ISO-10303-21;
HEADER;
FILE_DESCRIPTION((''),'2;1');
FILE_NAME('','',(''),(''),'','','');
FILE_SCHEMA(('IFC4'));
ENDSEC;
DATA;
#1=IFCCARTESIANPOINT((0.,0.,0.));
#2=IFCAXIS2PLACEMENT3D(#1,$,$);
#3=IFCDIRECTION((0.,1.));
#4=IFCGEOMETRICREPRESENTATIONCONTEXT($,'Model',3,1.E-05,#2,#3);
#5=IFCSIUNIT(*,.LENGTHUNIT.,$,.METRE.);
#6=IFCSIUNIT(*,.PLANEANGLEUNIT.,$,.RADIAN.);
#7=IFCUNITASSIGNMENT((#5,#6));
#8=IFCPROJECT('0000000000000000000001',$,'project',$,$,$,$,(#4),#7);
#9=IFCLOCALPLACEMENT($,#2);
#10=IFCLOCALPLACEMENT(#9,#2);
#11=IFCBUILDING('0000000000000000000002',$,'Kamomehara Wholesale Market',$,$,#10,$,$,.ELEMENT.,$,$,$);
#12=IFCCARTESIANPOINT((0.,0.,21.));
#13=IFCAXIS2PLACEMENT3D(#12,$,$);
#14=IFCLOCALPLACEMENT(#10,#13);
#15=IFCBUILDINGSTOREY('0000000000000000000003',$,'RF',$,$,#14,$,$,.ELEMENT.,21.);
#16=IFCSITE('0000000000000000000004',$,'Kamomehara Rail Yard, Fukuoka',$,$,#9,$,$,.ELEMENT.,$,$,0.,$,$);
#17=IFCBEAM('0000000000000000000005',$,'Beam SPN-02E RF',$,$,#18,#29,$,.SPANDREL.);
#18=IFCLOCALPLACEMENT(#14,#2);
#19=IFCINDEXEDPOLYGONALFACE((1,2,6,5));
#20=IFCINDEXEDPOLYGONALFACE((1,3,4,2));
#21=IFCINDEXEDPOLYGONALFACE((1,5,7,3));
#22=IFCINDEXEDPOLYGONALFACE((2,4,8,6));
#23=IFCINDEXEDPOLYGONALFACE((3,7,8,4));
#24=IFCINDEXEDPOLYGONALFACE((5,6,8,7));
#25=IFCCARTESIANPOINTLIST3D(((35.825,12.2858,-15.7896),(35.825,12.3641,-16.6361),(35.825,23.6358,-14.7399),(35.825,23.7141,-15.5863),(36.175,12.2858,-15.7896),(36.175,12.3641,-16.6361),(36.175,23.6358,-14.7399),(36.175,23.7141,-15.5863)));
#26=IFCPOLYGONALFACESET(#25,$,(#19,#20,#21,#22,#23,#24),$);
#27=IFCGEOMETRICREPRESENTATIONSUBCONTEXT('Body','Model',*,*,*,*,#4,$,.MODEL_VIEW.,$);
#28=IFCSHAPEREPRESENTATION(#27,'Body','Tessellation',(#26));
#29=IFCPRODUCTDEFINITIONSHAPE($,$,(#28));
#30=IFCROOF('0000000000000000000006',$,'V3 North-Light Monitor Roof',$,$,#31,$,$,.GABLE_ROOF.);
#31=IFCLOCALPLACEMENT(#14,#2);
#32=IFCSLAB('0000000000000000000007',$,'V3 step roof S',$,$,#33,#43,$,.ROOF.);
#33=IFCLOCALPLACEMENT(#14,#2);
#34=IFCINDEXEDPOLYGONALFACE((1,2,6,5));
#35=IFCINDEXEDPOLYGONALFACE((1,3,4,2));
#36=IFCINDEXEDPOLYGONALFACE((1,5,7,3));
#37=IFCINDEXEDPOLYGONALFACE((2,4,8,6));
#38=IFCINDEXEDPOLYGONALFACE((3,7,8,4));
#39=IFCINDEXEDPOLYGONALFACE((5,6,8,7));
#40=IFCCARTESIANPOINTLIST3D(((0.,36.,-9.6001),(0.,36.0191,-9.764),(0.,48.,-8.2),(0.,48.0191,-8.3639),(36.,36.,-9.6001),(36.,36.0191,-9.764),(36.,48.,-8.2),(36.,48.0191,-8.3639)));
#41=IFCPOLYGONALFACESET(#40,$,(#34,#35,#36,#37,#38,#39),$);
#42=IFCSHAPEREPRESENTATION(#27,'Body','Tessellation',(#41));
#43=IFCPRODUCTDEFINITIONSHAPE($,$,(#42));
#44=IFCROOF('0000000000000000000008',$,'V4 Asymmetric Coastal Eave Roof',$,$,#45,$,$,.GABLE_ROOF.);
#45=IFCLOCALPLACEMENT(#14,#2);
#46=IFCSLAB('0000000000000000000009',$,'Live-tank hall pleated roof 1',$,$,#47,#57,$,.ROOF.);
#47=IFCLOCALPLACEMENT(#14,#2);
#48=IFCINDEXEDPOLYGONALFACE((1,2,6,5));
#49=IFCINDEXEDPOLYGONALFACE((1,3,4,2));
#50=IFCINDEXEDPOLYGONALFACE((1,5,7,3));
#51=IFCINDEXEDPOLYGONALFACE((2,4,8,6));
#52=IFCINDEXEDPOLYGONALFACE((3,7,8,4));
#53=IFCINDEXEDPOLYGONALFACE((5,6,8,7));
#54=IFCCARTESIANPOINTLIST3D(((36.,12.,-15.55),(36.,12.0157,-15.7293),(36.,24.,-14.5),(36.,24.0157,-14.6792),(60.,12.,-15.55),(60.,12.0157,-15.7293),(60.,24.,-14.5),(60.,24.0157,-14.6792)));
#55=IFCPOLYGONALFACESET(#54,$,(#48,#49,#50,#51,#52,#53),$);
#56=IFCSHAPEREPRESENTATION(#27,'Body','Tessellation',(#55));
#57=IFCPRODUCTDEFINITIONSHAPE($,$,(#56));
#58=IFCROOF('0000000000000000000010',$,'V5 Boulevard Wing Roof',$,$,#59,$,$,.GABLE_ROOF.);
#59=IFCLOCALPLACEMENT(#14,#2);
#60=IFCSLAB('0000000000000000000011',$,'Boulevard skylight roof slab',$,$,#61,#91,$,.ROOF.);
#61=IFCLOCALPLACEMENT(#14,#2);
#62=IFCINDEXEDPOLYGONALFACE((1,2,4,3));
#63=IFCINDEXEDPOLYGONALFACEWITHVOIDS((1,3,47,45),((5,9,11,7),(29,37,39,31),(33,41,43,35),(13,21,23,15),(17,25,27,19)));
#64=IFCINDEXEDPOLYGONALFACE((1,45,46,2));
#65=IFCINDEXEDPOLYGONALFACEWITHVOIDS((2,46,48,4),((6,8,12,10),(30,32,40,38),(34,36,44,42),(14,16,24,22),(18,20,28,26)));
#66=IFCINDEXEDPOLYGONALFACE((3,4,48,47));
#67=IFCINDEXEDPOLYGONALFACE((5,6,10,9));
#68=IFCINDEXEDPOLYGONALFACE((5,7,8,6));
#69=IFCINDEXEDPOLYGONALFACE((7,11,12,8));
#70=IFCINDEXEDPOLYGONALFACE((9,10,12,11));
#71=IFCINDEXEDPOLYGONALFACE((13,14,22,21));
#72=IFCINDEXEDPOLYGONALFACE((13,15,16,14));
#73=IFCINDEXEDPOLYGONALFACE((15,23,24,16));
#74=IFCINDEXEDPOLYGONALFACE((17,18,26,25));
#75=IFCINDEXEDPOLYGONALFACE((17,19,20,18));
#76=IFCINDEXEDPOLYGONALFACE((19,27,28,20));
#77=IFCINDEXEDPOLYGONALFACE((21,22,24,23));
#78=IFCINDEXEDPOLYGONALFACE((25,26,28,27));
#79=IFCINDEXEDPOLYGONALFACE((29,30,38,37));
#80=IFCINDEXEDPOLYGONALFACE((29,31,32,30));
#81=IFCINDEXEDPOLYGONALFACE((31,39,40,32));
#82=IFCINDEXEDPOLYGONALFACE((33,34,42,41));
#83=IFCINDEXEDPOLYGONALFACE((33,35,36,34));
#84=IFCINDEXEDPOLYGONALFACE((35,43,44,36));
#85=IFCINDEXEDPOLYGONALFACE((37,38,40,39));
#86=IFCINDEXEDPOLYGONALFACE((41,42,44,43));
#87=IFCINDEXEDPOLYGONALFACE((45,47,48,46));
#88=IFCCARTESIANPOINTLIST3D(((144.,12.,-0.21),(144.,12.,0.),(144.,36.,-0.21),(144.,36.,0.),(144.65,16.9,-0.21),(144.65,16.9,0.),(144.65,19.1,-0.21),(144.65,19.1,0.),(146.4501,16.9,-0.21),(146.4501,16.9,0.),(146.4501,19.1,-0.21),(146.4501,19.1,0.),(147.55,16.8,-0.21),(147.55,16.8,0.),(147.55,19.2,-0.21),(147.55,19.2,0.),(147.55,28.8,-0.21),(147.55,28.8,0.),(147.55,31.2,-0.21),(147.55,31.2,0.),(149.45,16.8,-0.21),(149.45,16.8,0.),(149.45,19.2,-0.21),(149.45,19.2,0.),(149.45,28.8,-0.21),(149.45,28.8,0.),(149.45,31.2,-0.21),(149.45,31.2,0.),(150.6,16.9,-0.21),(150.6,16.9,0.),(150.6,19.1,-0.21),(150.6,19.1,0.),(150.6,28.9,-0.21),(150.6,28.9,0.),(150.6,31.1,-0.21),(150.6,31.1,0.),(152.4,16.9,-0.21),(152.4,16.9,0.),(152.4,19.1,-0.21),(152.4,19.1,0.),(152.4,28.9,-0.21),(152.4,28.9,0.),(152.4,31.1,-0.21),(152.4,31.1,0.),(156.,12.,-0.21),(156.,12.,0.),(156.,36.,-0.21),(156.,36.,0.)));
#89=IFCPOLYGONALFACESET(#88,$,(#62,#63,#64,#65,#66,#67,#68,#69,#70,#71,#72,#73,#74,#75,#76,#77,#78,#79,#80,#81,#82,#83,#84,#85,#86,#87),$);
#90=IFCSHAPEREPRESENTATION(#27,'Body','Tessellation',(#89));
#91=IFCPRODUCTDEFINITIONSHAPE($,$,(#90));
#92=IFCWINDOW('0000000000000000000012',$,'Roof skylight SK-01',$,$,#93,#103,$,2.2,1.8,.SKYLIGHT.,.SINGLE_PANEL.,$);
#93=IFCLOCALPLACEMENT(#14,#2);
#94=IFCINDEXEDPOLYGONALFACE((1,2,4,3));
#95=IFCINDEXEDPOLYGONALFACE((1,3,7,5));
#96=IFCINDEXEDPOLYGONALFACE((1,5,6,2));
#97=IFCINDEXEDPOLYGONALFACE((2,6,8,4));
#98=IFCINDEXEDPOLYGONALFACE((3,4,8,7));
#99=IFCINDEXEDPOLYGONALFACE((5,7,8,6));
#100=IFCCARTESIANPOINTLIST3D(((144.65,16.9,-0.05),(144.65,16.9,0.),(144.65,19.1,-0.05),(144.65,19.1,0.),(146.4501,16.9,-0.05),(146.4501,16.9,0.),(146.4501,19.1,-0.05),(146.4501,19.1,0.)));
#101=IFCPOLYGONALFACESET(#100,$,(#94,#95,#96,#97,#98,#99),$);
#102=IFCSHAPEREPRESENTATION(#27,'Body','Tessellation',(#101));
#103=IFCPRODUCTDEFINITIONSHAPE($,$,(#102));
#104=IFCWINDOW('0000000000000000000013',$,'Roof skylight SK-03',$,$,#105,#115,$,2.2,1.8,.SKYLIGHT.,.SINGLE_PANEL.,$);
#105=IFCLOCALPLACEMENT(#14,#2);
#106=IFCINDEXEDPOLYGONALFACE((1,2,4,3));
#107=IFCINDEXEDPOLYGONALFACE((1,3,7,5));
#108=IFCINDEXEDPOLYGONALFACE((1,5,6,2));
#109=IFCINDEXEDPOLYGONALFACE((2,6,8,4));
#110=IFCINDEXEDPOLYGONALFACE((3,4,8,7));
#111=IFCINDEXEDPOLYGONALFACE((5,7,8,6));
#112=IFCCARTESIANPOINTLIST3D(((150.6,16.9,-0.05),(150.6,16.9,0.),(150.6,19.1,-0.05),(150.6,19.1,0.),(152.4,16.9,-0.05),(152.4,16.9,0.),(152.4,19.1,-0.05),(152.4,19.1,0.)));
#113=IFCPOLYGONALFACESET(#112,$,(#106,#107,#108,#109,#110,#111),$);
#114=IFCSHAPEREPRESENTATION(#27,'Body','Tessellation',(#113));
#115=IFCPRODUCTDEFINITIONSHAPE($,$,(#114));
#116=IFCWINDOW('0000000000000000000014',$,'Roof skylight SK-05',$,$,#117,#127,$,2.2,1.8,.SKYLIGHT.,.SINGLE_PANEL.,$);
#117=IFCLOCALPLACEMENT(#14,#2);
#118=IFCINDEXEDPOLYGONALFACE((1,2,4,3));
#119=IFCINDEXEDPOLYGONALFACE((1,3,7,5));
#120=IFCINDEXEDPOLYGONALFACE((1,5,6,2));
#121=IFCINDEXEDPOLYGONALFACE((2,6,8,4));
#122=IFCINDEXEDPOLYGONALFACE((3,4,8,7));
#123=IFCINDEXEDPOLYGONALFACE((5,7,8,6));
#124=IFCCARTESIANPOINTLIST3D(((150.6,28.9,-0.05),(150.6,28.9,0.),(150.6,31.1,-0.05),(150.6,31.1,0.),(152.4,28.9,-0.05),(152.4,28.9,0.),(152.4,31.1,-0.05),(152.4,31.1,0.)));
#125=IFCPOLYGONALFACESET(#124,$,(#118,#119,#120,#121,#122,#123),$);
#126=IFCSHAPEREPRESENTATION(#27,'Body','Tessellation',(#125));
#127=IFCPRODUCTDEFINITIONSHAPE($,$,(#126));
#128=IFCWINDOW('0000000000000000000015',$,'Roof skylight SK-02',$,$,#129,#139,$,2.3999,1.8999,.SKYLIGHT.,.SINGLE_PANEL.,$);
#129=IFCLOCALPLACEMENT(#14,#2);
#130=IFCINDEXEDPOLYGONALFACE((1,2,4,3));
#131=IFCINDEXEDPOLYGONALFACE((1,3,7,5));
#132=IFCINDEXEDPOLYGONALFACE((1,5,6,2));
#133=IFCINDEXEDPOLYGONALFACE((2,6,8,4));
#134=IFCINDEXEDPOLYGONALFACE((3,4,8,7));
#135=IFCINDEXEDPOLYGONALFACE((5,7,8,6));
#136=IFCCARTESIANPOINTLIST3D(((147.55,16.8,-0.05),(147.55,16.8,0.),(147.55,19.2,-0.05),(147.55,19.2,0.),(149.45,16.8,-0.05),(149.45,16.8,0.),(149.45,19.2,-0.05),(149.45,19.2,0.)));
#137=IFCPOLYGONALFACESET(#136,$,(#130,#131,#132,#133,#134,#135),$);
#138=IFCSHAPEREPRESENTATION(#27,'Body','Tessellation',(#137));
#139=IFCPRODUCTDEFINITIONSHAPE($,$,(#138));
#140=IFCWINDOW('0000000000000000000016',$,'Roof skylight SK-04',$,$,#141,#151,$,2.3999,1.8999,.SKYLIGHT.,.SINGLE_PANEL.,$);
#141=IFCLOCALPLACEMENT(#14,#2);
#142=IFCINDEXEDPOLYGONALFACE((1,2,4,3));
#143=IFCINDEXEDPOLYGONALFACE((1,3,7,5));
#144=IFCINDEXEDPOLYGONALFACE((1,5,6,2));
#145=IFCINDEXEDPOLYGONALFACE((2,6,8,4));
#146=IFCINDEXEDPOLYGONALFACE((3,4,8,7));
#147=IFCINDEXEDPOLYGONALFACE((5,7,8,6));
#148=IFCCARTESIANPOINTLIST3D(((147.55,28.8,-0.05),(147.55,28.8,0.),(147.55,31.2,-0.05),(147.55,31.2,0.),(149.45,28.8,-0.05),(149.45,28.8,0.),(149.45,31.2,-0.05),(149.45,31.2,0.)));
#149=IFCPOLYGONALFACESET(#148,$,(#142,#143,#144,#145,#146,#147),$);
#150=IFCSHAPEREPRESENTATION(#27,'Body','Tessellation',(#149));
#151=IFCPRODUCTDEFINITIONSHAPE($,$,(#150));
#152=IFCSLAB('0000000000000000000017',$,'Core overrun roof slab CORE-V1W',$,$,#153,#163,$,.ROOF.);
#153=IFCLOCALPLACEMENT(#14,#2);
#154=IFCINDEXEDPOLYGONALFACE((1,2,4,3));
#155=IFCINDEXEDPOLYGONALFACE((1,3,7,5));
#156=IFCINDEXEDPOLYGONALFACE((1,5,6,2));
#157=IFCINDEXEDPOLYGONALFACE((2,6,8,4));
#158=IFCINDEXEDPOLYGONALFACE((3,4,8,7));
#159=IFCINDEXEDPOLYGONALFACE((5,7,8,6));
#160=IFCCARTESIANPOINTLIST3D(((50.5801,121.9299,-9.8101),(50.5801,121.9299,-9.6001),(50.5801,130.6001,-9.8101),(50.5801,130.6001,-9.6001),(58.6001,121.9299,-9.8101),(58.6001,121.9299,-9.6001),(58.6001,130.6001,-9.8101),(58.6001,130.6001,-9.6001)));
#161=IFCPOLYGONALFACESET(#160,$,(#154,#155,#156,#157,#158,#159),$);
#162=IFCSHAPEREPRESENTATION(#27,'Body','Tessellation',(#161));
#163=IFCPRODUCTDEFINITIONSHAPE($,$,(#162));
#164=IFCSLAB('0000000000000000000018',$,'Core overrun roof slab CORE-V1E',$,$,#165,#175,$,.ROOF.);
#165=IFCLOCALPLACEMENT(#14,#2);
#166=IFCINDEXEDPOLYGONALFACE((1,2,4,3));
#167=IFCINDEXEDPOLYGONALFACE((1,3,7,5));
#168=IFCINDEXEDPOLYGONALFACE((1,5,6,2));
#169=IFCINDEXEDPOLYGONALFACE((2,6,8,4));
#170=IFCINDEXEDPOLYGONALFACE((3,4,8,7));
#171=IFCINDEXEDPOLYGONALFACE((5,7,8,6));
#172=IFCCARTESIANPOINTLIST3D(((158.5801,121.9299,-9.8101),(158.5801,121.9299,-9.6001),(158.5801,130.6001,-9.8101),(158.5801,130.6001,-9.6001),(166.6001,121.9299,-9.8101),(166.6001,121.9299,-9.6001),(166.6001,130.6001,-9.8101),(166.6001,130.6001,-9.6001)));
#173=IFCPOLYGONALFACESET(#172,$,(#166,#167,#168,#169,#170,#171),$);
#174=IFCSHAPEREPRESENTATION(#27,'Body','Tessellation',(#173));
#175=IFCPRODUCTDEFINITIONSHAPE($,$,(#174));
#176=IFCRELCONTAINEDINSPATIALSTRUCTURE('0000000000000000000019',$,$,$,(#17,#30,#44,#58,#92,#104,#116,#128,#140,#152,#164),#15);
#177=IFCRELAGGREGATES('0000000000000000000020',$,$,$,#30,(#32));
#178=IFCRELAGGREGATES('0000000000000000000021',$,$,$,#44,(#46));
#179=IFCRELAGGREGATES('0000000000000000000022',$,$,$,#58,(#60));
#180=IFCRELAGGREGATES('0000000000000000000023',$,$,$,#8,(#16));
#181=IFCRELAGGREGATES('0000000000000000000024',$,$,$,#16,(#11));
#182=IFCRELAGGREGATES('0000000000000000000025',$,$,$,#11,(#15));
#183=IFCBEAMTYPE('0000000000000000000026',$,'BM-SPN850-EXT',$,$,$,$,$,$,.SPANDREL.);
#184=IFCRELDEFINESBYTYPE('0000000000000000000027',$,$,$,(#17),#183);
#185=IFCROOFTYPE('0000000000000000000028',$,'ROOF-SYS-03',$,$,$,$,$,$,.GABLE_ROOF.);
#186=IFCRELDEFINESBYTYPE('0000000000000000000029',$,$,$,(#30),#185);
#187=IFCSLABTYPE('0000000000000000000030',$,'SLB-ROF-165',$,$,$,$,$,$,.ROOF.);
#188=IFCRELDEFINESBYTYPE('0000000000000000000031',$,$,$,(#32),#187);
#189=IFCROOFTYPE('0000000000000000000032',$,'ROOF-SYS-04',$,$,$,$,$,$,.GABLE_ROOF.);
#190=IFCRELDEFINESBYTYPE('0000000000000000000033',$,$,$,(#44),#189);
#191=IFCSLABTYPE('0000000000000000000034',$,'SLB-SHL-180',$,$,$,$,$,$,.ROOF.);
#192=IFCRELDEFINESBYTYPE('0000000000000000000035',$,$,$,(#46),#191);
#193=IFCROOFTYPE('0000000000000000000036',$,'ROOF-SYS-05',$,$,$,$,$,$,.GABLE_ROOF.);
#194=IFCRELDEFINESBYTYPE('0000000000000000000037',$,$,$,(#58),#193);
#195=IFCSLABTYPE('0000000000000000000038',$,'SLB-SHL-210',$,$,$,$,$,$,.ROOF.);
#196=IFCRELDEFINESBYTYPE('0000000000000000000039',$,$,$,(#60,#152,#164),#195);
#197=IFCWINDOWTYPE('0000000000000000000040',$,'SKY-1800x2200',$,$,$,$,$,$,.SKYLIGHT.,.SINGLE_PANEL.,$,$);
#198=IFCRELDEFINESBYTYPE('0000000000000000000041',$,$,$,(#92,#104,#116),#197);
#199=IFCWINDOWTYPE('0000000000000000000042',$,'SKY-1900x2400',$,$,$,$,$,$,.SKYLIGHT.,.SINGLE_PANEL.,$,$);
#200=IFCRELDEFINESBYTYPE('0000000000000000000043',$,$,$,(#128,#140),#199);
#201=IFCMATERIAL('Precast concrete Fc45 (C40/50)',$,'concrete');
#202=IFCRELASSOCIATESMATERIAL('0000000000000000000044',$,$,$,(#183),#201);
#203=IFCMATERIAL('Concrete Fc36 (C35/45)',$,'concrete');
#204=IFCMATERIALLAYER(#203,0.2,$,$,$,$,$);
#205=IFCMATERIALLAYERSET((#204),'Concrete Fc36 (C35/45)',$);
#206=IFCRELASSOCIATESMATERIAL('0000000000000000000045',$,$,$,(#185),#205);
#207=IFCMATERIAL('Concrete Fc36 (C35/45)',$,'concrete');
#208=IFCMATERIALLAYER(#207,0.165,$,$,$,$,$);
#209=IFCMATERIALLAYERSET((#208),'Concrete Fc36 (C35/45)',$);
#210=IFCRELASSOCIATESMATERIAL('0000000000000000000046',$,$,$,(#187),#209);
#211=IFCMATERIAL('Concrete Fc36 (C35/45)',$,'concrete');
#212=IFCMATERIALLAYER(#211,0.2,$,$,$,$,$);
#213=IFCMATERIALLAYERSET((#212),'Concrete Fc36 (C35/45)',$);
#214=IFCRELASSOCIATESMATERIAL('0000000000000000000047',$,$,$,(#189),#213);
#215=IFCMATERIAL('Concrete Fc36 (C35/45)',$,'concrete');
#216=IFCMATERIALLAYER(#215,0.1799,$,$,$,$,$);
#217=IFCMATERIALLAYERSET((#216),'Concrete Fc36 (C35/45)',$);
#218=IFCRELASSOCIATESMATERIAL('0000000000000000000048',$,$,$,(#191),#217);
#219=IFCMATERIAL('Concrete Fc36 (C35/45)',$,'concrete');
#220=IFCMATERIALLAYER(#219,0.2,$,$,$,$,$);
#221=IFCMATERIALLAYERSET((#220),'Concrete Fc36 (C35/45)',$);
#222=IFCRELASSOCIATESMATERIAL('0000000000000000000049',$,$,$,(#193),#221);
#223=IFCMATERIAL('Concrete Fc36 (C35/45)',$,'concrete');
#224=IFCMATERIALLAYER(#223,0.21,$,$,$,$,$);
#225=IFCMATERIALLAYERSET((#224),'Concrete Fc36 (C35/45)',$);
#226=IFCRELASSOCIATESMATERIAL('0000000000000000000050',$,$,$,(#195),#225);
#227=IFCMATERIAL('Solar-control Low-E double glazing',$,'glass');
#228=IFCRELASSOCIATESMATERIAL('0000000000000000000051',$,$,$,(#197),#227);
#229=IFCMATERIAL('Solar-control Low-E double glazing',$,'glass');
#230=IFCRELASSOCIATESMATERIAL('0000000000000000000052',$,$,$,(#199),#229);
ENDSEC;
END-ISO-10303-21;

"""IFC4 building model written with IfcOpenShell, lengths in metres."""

from ifc_helpers import new_model, si_unit, direction, frame, origin, origin_2d, place, context, subcontext, project, spatial, polyline, rectangle, outline, extrude, material, layer, layer_set, material_profile, profile_set, type_object, element, fill, aggregate, save


model = new_model("IFC4")

# Units and contexts
model_context = context("Model", 3, precision=1e-05, world=origin(), true_north=direction((0.0, 1.0)))
body_context = subcontext(model_context, "Body", "Model", "MODEL_VIEW")
ifc_project = project(units=[si_unit("LENGTHUNIT", "METRE"), si_unit("PLANEANGLEUNIT", "RADIAN")], contexts=[model_context])

# Site, building, storey
site_placement = place(None, origin())
site = spatial("IfcSite", under=ifc_project, at=site_placement, Name="Kamomehara Rail Yard, Fukuoka", CompositionType="ELEMENT", RefElevation=0.0)
building_placement = place(site_placement, origin())
building = spatial("IfcBuilding", under=site, at=building_placement, Name="Kamomehara Wholesale Market", CompositionType="ELEMENT")
storey_placement = place(building_placement, frame((0.0, 0.0, 21.0)))
storey = spatial("IfcBuildingStorey", under=building, at=storey_placement, Name="RF", CompositionType="ELEMENT", Elevation=21.0)

# Beam
ifc_material_1 = material(Name="Precast concrete Fc45 (C40/50)", Category="concrete")
ifc_material_profile = material_profile(ifc_material_1, rectangle(XDim=0.3501, YDim=0.8501, at=origin_2d()), Name="PC-SPN-350x850")
ifc_profile_set = profile_set([ifc_material_profile], Name="Precast concrete Fc45 (C40/50)")
beam_type = type_object("IfcBeamType", Name="BM-SPN850-EXT", PredefinedType="SPANDREL", material=ifc_profile_set)
beam_placement = place(storey_placement, frame((36.0, 12.325, -16.2129), z_axis=(0.0, 0.99575, 0.0921), x_axis=(-1.0, 0.0, 0.0)))
element("IfcBeam", 1, at=beam_placement, inside=storey, type_object=beam_type, Name="Beam SPN-02E RF", PredefinedType="SPANDREL", context=body_context, shape_type="SweptSolid", body=[
    extrude(rectangle(XDim=0.3501, YDim=0.8501, at=origin_2d()), origin(), (0.0, 0.0, 1.0), 11.3984),
])

# Roofs, slabs
ifc_material_2 = material(Name="Concrete Fc36 (C35/45)", Category="concrete")
ifc_layer_1 = layer(ifc_material_2, 0.2)
ifc_layer_set_1 = layer_set([ifc_layer_1], Name="Concrete Fc36 (C35/45)")
roof_type_1 = type_object("IfcRoofType", Name="ROOF-SYS-03", PredefinedType="GABLE_ROOF", material=ifc_layer_set_1)
roof_1_placement = place(storey_placement, origin())
roof_1 = element("IfcRoof", 2, at=roof_1_placement, inside=storey, type_object=roof_type_1, Name="V3 North-Light Monitor Roof", PredefinedType="GABLE_ROOF")
ifc_material_3 = material(Name="Concrete Fc36 (C35/45)", Category="concrete")
ifc_layer_2 = layer(ifc_material_3, 0.165)
ifc_layer_set_2 = layer_set([ifc_layer_2], Name="Concrete Fc36 (C35/45)")
slab_type_1 = type_object("IfcSlabType", Name="SLB-ROF-165", PredefinedType="ROOF", material=ifc_layer_set_2)
slab_1_placement = place(storey_placement, frame((0.0, 36.0, -9.6001), z_axis=(0.0, -0.115893, 0.993262), x_axis=(1.0, 0.0, 0.0)))
slab_1 = element("IfcSlab", 3, at=slab_1_placement, type_object=slab_type_1, Name="V3 step roof S", PredefinedType="ROOF", context=body_context, shape_type="SweptSolid", body=[
    extrude(outline(polyline([(0.0, 0.0), (36.0, 0.0), (36.0, 12.0814), (0.0, 12.0814), (0.0, 0.0)])), origin(), (0.0, 0.0, -1.0), 0.165),
])
aggregate(roof_1, [slab_1])
ifc_material_4 = material(Name="Concrete Fc36 (C35/45)", Category="concrete")
ifc_layer_3 = layer(ifc_material_4, 0.2)
ifc_layer_set_3 = layer_set([ifc_layer_3], Name="Concrete Fc36 (C35/45)")
roof_type_2 = type_object("IfcRoofType", Name="ROOF-SYS-04", PredefinedType="GABLE_ROOF", material=ifc_layer_set_3)
roof_2_placement = place(storey_placement, origin())
roof_2 = element("IfcRoof", 4, at=roof_2_placement, inside=storey, type_object=roof_type_2, Name="V4 Asymmetric Coastal Eave Roof", PredefinedType="GABLE_ROOF")
ifc_material_5 = material(Name="Concrete Fc36 (C35/45)", Category="concrete")
ifc_layer_4 = layer(ifc_material_5, 0.1799)
ifc_layer_set_4 = layer_set([ifc_layer_4], Name="Concrete Fc36 (C35/45)")
slab_type_2 = type_object("IfcSlabType", Name="SLB-SHL-180", PredefinedType="ROOF", material=ifc_layer_set_4)
slab_2_placement = place(storey_placement, frame((36.0, 12.0, -15.55), z_axis=(0.0, -0.087171, 0.996193), x_axis=(1.0, 0.0, 0.0)))
slab_2 = element("IfcSlab", 5, at=slab_2_placement, type_object=slab_type_2, Name="Live-tank hall pleated roof 1", PredefinedType="ROOF", context=body_context, shape_type="SweptSolid", body=[
    extrude(outline(polyline([(0.0, 0.0), (24.0, 0.0), (24.0, 12.0459), (0.0, 12.0459), (0.0, 0.0)])), origin(), (0.0, 0.0, -1.0), 0.1799),
])
aggregate(roof_2, [slab_2])

# Roof, slab, openings, windows
ifc_material_6 = material(Name="Concrete Fc36 (C35/45)", Category="concrete")
ifc_layer_5 = layer(ifc_material_6, 0.2)
ifc_layer_set_5 = layer_set([ifc_layer_5], Name="Concrete Fc36 (C35/45)")
roof_type_3 = type_object("IfcRoofType", Name="ROOF-SYS-05", PredefinedType="GABLE_ROOF", material=ifc_layer_set_5)
roof_3_placement = place(storey_placement, origin())
roof_3 = element("IfcRoof", 6, at=roof_3_placement, inside=storey, type_object=roof_type_3, Name="V5 Boulevard Wing Roof", PredefinedType="GABLE_ROOF")
ifc_material_7 = material(Name="Concrete Fc36 (C35/45)", Category="concrete")
ifc_layer_6 = layer(ifc_material_7, 0.21)
ifc_layer_set_6 = layer_set([ifc_layer_6], Name="Concrete Fc36 (C35/45)")
slab_type_3 = type_object("IfcSlabType", Name="SLB-SHL-210", PredefinedType="ROOF", material=ifc_layer_set_6)
slab_3_placement = place(storey_placement, frame((0.0, 0.0, -0.21)))
slab_3 = element("IfcSlab", 7, at=slab_3_placement, type_object=slab_type_3, Name="Boulevard skylight roof slab", PredefinedType="ROOF", context=body_context, shape_type="SweptSolid", body=[
    extrude(outline(polyline([(144.0, 12.0), (156.0, 12.0), (156.0, 36.0), (144.0, 36.0), (144.0, 12.0)])), origin(), (0.0, 0.0, 1.0), 0.21),
])
opening_1_placement = place(slab_3_placement, frame((145.55, 18.0, 0.0)))
opening_1 = element("IfcOpeningElement", 8, at=opening_1_placement, cuts=slab_3, PredefinedType="OPENING", context=body_context, shape_type="SweptSolid", body=[
    extrude(rectangle(XDim=1.8, YDim=2.2, at=origin_2d()), origin(), (0.0, 0.0, 1.0), 0.21),
])
opening_2_placement = place(slab_3_placement, frame((148.5, 18.0, 0.0)))
opening_2 = element("IfcOpeningElement", 9, at=opening_2_placement, cuts=slab_3, PredefinedType="OPENING", context=body_context, shape_type="SweptSolid", body=[
    extrude(rectangle(XDim=1.8999, YDim=2.3999, at=origin_2d()), origin(), (0.0, 0.0, 1.0), 0.21),
])
opening_3_placement = place(slab_3_placement, frame((151.5, 18.0, 0.0)))
opening_3 = element("IfcOpeningElement", 10, at=opening_3_placement, cuts=slab_3, PredefinedType="OPENING", context=body_context, shape_type="SweptSolid", body=[
    extrude(rectangle(XDim=1.8, YDim=2.2, at=origin_2d()), origin(), (0.0, 0.0, 1.0), 0.21),
])
opening_4_placement = place(slab_3_placement, frame((148.5, 30.0, 0.0)))
opening_4 = element("IfcOpeningElement", 11, at=opening_4_placement, cuts=slab_3, PredefinedType="OPENING", context=body_context, shape_type="SweptSolid", body=[
    extrude(rectangle(XDim=1.8999, YDim=2.3999, at=origin_2d()), origin(), (0.0, 0.0, 1.0), 0.21),
])
opening_5_placement = place(slab_3_placement, frame((151.5, 30.0, 0.0)))
opening_5 = element("IfcOpeningElement", 12, at=opening_5_placement, cuts=slab_3, PredefinedType="OPENING", context=body_context, shape_type="SweptSolid", body=[
    extrude(rectangle(XDim=1.8, YDim=2.2, at=origin_2d()), origin(), (0.0, 0.0, 1.0), 0.21),
])
ifc_material_8 = material(Name="Solar-control Low-E double glazing", Category="glass")
window_type_1 = type_object("IfcWindowType", Name="SKY-1800x2200", PartitioningType="SINGLE_PANEL", PredefinedType="SKYLIGHT", material=ifc_material_8)
window_1_placement = place(opening_1_placement, frame((0.0, 0.0, 0.1599)))
window_1 = element("IfcWindow", 13, at=window_1_placement, inside=storey, type_object=window_type_1, Name="Roof skylight SK-01", OverallHeight=2.2, OverallWidth=1.8, PartitioningType="SINGLE_PANEL", PredefinedType="SKYLIGHT", context=body_context, shape_type="SweptSolid", body=[
    extrude(rectangle(XDim=1.8, YDim=2.2, at=origin_2d()), origin(), (0.0, 0.0, 1.0), 0.05),
])
fill(opening_1, window_1)
window_2_placement = place(opening_3_placement, frame((0.0, 0.0, 0.1599)))
window_2 = element("IfcWindow", 14, at=window_2_placement, inside=storey, type_object=window_type_1, Name="Roof skylight SK-03", OverallHeight=2.2, OverallWidth=1.8, PartitioningType="SINGLE_PANEL", PredefinedType="SKYLIGHT", context=body_context, shape_type="SweptSolid", body=[
    extrude(rectangle(XDim=1.8, YDim=2.2, at=origin_2d()), origin(), (0.0, 0.0, 1.0), 0.05),
])
fill(opening_3, window_2)
window_3_placement = place(opening_5_placement, frame((0.0, 0.0, 0.1599)))
window_3 = element("IfcWindow", 15, at=window_3_placement, inside=storey, type_object=window_type_1, Name="Roof skylight SK-05", OverallHeight=2.2, OverallWidth=1.8, PartitioningType="SINGLE_PANEL", PredefinedType="SKYLIGHT", context=body_context, shape_type="SweptSolid", body=[
    extrude(rectangle(XDim=1.8, YDim=2.2, at=origin_2d()), origin(), (0.0, 0.0, 1.0), 0.05),
])
fill(opening_5, window_3)
ifc_material_9 = material(Name="Solar-control Low-E double glazing", Category="glass")
window_type_2 = type_object("IfcWindowType", Name="SKY-1900x2400", PartitioningType="SINGLE_PANEL", PredefinedType="SKYLIGHT", material=ifc_material_9)
window_4_placement = place(opening_2_placement, frame((0.0, 0.0, 0.1599)))
window_4 = element("IfcWindow", 16, at=window_4_placement, inside=storey, type_object=window_type_2, Name="Roof skylight SK-02", OverallHeight=2.3999, OverallWidth=1.8999, PartitioningType="SINGLE_PANEL", PredefinedType="SKYLIGHT", context=body_context, shape_type="SweptSolid", body=[
    extrude(rectangle(XDim=1.8999, YDim=2.3999, at=origin_2d()), origin(), (0.0, 0.0, 1.0), 0.05),
])
fill(opening_2, window_4)
window_5_placement = place(opening_4_placement, frame((0.0, 0.0, 0.1599)))
window_5 = element("IfcWindow", 17, at=window_5_placement, inside=storey, type_object=window_type_2, Name="Roof skylight SK-04", OverallHeight=2.3999, OverallWidth=1.8999, PartitioningType="SINGLE_PANEL", PredefinedType="SKYLIGHT", context=body_context, shape_type="SweptSolid", body=[
    extrude(rectangle(XDim=1.8999, YDim=2.3999, at=origin_2d()), origin(), (0.0, 0.0, 1.0), 0.05),
])
fill(opening_4, window_5)
aggregate(roof_3, [slab_3])

# Slabs
slab_4_placement = place(storey_placement, frame((0.0, 0.0, -9.8101)))
element("IfcSlab", 18, at=slab_4_placement, inside=storey, type_object=slab_type_3, Name="Core overrun roof slab CORE-V1W", PredefinedType="ROOF", context=body_context, shape_type="SweptSolid", body=[
    extrude(outline(polyline([(50.5801, 121.9299), (58.6001, 121.9299), (58.6001, 130.6001), (50.5801, 130.6001), (50.5801, 121.9299)])), origin(), (0.0, 0.0, 1.0), 0.21),
])
slab_5_placement = place(storey_placement, frame((0.0, 0.0, -9.8101)))
element("IfcSlab", 19, at=slab_5_placement, inside=storey, type_object=slab_type_3, Name="Core overrun roof slab CORE-V1E", PredefinedType="ROOF", context=body_context, shape_type="SweptSolid", body=[
    extrude(outline(polyline([(158.5801, 121.9299), (166.6001, 121.9299), (166.6001, 130.6001), (158.5801, 130.6001), (158.5801, 121.9299)])), origin(), (0.0, 0.0, 1.0), 0.21),
])

save(model, "model.ifc")
